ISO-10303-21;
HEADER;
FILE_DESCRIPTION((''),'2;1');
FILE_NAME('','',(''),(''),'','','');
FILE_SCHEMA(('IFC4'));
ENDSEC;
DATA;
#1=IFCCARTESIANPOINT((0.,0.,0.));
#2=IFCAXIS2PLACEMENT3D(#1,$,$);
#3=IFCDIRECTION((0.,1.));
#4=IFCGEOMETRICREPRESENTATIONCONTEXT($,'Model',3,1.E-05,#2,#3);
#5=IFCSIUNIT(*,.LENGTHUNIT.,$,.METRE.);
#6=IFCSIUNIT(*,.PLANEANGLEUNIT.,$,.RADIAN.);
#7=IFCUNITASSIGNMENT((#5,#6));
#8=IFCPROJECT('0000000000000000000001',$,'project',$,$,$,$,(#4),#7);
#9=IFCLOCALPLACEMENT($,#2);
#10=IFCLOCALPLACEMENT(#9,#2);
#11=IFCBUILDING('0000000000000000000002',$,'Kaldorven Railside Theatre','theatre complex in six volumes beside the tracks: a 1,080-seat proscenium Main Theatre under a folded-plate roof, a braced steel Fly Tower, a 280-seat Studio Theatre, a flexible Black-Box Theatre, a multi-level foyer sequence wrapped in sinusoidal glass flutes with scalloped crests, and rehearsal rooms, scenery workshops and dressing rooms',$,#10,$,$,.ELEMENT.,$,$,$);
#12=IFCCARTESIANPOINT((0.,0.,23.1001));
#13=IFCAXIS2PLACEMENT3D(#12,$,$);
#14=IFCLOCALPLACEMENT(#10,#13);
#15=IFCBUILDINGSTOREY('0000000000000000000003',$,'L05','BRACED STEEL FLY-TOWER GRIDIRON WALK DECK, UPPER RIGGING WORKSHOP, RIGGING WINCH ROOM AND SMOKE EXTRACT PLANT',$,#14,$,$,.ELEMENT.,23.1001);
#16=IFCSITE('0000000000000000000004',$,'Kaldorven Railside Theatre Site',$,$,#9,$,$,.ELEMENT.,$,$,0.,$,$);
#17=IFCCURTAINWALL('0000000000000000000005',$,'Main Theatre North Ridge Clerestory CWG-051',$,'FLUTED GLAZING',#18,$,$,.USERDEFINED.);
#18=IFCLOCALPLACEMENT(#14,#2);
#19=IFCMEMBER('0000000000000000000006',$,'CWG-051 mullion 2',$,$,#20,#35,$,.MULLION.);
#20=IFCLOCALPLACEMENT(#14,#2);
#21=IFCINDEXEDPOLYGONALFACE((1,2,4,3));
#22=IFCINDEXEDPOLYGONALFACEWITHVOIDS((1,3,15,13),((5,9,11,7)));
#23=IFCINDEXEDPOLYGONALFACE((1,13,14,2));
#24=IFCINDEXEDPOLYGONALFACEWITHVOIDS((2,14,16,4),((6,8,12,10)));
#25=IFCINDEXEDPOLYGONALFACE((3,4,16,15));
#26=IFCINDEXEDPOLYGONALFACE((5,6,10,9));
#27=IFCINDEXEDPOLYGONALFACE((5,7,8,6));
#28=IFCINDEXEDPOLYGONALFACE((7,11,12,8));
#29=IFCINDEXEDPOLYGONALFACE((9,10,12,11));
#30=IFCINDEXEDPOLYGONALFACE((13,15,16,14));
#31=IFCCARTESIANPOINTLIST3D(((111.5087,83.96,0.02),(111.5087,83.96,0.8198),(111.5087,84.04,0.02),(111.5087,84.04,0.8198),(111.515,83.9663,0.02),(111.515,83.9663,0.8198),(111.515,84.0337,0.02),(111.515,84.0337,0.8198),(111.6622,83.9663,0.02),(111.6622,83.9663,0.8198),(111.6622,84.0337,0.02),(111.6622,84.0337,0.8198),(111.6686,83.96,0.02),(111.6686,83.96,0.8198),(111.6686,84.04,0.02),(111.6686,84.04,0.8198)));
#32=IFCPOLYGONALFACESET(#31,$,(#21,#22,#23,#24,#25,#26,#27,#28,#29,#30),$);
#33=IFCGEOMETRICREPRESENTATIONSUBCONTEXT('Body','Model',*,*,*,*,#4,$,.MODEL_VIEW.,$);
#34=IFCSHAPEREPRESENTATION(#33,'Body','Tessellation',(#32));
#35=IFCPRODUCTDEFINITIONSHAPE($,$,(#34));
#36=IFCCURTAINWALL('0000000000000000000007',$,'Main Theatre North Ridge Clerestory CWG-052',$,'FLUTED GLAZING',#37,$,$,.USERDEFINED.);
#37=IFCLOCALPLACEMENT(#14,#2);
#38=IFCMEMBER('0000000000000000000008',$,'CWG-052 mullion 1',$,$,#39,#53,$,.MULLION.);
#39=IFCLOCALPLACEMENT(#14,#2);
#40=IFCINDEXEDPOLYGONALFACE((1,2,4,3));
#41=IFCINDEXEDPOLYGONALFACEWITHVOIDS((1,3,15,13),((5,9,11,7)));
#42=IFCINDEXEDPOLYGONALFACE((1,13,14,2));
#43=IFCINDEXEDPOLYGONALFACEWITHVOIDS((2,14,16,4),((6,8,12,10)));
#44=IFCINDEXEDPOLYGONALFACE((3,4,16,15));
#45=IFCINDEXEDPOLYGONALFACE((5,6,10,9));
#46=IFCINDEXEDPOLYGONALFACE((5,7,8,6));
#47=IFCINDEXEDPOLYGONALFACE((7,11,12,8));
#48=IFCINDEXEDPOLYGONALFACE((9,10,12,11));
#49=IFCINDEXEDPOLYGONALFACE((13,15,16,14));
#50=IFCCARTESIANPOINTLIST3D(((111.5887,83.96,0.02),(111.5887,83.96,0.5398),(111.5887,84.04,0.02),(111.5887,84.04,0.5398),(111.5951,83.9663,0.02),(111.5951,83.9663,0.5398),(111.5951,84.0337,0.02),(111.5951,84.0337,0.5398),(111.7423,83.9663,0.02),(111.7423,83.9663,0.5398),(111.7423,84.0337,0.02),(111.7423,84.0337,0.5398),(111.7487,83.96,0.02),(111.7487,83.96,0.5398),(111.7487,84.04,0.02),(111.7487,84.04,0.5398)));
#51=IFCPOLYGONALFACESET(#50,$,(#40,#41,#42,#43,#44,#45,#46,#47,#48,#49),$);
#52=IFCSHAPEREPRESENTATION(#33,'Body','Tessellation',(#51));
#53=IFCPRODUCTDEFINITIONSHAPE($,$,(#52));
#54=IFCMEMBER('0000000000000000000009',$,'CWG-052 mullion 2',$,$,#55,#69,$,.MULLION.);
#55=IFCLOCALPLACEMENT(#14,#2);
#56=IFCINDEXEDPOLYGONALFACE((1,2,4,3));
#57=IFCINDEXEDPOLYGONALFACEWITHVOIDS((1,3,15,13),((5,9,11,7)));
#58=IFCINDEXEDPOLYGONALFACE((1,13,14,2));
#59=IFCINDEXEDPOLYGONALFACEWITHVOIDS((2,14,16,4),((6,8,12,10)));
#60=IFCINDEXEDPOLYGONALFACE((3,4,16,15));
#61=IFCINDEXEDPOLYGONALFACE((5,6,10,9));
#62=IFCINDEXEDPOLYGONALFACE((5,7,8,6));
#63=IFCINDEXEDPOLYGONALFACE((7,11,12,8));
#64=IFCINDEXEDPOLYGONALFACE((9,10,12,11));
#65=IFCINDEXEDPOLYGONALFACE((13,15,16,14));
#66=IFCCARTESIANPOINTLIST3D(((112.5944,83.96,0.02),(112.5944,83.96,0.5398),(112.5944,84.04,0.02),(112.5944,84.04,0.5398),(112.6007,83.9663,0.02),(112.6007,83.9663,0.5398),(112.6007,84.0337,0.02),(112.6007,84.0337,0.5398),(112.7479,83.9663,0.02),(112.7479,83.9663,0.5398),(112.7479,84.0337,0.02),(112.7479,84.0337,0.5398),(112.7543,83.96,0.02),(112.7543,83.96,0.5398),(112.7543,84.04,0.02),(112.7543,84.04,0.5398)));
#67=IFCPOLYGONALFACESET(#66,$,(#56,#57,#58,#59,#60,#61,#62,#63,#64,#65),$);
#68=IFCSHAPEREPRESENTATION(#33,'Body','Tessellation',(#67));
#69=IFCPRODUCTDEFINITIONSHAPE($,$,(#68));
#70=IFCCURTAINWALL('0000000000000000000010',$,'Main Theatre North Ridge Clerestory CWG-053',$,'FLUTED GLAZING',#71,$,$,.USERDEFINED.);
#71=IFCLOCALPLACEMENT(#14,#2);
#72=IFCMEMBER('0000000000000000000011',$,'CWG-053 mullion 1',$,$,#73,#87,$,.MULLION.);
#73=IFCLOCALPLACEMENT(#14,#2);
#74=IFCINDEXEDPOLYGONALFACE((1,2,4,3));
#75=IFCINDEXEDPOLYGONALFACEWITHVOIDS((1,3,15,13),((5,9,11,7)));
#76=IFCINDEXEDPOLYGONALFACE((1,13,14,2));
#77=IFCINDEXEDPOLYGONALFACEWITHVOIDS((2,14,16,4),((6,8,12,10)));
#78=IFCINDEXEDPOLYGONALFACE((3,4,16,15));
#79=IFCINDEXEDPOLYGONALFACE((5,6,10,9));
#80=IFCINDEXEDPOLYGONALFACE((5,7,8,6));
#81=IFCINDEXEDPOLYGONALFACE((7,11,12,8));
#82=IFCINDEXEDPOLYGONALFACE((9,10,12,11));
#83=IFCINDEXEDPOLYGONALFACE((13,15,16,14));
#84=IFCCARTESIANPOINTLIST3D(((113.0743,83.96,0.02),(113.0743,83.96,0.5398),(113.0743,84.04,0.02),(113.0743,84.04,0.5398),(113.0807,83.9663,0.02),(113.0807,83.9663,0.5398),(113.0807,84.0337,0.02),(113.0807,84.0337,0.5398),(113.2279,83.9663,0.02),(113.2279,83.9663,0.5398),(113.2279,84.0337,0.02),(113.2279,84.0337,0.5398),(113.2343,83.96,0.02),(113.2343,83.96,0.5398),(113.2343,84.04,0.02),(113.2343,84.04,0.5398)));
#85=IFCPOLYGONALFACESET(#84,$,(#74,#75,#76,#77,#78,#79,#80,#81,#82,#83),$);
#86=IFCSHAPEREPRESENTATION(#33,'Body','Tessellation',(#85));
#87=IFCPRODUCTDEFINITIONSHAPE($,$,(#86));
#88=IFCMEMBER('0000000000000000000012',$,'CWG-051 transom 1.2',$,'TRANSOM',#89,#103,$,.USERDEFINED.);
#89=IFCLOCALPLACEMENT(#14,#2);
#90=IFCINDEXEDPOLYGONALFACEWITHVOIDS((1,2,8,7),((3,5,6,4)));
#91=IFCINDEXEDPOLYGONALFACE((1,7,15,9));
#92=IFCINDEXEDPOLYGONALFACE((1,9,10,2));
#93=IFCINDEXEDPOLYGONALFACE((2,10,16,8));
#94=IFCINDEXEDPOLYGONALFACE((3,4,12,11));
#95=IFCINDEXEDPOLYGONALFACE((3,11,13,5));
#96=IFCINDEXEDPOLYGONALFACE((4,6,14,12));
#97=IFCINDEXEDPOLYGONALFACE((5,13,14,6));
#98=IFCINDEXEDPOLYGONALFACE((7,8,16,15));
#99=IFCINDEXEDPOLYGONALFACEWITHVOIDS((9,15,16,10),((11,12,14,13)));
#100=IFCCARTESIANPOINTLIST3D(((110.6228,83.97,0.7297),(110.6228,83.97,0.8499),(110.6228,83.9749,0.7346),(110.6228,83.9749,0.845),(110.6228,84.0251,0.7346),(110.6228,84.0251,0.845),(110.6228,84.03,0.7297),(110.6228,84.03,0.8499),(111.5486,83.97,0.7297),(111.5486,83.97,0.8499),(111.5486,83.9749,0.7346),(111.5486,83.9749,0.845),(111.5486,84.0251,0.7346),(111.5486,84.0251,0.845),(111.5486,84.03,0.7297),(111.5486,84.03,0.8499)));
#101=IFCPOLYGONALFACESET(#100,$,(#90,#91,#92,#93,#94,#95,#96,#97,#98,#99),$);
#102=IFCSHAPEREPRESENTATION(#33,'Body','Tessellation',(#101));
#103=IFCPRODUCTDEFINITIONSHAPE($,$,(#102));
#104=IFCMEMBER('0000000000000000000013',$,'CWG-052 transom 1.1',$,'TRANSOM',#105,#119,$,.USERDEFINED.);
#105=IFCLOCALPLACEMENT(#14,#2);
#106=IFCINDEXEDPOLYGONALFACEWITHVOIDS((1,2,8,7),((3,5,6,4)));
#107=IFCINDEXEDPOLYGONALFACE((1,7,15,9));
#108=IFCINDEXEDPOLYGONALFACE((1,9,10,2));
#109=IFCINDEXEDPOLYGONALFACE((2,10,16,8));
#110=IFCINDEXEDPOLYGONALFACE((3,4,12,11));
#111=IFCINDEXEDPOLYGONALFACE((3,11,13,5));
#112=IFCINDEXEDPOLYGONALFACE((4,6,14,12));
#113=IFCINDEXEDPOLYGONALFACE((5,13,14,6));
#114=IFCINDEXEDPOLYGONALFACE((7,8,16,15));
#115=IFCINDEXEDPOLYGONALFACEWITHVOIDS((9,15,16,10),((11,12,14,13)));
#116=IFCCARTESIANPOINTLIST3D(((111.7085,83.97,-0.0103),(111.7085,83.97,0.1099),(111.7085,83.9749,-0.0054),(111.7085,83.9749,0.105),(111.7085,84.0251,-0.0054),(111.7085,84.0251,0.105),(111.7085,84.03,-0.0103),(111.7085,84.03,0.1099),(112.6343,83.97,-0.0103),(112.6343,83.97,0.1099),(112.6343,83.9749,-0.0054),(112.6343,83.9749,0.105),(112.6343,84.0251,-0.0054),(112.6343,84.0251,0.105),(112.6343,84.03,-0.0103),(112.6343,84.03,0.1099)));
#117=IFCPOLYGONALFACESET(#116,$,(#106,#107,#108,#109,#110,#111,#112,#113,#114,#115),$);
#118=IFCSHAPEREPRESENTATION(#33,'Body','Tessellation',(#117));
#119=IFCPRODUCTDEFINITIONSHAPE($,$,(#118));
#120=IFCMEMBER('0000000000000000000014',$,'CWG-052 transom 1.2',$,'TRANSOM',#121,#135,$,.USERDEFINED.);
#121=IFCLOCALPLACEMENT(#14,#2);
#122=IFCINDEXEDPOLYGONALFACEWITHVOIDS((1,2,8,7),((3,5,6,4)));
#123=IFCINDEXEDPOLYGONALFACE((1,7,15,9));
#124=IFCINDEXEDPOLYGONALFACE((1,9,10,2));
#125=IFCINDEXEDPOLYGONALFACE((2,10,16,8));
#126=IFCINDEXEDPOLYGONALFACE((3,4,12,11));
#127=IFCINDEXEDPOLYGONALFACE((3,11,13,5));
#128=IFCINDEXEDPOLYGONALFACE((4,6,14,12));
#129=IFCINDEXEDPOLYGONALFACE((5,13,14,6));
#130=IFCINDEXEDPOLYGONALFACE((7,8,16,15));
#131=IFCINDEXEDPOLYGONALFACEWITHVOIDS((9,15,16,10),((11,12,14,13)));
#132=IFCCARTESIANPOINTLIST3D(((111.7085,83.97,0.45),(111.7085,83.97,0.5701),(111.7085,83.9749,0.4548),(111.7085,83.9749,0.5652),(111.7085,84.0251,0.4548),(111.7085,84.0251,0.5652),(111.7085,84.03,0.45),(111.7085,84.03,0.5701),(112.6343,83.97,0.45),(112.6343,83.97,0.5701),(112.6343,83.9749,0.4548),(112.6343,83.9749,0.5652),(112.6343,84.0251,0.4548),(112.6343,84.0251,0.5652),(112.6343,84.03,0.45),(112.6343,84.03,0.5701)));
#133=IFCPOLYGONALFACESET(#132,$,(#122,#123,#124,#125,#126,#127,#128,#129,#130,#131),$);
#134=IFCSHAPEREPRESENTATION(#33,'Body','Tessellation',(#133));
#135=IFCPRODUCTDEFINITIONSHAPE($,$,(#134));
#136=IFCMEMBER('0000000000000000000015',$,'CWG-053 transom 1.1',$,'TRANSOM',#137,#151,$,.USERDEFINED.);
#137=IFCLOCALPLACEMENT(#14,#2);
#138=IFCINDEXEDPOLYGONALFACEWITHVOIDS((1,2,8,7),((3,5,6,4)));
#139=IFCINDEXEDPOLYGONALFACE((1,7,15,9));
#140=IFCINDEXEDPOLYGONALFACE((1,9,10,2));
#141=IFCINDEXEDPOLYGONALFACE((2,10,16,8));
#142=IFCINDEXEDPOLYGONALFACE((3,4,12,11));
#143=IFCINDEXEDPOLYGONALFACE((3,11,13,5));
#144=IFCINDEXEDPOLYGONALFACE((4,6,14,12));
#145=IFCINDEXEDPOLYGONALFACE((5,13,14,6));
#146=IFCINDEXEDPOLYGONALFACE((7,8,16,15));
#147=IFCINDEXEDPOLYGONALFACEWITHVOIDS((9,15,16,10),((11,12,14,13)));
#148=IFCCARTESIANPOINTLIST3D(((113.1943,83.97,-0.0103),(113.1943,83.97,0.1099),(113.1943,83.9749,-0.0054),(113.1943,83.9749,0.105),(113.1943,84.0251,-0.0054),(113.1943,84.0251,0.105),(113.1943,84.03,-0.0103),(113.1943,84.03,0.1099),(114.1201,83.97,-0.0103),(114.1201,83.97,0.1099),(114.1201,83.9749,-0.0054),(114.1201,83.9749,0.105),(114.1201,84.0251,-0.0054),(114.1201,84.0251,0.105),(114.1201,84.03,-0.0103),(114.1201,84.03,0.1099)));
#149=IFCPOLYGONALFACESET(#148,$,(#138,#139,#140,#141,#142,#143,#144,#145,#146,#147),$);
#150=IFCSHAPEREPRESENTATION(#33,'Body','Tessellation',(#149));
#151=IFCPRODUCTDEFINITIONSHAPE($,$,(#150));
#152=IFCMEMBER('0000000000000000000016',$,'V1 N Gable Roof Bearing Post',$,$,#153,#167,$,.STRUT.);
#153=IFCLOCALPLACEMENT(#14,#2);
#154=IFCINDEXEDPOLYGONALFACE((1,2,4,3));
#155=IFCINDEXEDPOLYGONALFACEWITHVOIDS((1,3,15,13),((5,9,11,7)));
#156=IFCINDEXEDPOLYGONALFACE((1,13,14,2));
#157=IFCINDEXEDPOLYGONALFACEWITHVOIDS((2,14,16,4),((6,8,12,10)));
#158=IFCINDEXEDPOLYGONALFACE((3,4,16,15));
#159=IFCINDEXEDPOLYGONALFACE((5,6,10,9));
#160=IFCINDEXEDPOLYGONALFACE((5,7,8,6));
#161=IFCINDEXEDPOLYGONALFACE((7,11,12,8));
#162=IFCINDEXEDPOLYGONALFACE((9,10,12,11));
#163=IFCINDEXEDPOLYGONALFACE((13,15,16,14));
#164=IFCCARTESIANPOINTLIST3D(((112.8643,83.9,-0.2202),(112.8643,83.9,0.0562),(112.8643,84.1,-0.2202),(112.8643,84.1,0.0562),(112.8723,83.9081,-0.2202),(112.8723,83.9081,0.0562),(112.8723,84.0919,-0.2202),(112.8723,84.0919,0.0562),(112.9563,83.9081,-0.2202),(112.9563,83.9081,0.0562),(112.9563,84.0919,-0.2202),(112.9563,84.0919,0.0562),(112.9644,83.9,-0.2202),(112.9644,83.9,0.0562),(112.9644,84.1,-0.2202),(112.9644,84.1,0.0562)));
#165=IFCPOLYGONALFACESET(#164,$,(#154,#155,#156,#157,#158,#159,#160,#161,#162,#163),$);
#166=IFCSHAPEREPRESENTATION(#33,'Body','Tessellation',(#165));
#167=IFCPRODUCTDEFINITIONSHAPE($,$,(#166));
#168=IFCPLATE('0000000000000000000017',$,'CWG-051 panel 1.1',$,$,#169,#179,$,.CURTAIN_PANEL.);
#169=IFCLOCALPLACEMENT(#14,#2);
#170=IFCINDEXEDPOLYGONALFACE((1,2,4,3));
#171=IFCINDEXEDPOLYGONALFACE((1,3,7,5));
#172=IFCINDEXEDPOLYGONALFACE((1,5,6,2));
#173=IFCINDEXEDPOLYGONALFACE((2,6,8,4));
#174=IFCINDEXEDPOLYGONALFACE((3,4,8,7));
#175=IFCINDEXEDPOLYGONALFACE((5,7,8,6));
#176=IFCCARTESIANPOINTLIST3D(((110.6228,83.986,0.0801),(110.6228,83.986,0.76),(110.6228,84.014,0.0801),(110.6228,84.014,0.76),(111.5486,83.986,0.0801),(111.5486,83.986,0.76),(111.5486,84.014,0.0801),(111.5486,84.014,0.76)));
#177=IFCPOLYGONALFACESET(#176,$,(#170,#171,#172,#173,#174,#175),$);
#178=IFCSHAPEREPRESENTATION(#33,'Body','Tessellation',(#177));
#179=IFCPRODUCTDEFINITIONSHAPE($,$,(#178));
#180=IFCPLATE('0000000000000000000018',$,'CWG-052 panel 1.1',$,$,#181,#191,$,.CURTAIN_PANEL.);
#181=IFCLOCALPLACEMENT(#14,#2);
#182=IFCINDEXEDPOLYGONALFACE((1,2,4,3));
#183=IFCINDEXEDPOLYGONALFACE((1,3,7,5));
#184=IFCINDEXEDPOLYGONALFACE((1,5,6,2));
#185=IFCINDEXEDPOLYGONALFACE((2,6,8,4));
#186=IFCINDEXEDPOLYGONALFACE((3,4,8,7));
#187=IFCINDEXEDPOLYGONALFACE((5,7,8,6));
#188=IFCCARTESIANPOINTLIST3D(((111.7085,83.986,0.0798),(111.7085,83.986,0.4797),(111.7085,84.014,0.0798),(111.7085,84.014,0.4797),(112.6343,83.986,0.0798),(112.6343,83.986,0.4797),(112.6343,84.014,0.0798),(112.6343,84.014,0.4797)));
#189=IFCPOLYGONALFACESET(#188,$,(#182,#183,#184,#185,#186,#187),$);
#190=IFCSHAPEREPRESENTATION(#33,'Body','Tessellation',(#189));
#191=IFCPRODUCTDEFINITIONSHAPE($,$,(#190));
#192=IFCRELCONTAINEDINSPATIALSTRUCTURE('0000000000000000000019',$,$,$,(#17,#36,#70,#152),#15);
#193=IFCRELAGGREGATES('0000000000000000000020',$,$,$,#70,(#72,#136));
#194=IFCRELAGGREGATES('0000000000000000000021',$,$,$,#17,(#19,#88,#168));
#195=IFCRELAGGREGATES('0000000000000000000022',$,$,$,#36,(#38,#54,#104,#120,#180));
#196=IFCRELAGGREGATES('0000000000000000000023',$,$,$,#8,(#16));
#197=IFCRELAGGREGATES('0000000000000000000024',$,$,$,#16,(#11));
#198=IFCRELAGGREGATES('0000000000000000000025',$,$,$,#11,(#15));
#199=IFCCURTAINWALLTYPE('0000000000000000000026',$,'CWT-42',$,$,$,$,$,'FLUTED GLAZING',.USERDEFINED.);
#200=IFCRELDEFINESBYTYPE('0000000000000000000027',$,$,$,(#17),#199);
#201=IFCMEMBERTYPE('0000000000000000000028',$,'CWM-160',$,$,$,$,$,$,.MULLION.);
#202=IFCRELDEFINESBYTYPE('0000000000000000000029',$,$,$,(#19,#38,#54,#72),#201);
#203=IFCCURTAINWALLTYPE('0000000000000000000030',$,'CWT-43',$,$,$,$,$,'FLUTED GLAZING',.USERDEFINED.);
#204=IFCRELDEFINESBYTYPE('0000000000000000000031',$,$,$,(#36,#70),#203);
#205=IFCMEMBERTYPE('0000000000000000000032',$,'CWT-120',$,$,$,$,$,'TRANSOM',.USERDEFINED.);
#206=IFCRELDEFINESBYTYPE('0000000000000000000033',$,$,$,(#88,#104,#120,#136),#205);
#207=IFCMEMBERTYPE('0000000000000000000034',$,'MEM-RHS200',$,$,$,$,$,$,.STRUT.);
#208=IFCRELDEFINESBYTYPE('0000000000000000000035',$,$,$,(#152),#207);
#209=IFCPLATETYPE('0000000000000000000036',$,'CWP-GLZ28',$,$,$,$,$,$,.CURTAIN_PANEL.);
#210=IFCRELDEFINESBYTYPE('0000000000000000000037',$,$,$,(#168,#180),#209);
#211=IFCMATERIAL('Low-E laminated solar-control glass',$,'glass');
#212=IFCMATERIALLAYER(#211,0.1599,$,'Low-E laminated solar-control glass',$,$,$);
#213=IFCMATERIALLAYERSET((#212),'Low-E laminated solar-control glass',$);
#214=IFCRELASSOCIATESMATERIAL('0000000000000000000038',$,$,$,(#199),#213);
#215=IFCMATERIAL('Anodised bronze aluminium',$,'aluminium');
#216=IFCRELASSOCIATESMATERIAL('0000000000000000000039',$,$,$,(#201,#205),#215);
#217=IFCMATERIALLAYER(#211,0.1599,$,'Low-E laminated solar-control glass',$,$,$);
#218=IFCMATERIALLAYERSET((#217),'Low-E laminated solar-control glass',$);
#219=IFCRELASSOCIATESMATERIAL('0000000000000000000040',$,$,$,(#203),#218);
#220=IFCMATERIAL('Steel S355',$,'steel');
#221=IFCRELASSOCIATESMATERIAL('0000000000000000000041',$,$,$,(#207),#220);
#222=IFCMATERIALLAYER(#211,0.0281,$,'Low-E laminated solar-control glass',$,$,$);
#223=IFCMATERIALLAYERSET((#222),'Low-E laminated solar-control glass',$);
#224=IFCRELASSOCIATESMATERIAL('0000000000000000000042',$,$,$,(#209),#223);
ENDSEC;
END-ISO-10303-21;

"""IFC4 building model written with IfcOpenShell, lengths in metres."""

from ifc_helpers import new_model, si_unit, direction, frame, origin, origin_2d, place, context, subcontext, project, spatial, rectangle, hollow_rectangle, extrude, material, layer, layer_set, material_profile, profile_set, type_object, element, aggregate, save


model = new_model("IFC4")

# Units and contexts
model_context = context("Model", 3, precision=1e-05, world=origin(), true_north=direction((0.0, 1.0)))
body_context = subcontext(model_context, "Body", "Model", "MODEL_VIEW")
ifc_project = project(units=[si_unit("LENGTHUNIT", "METRE"), si_unit("PLANEANGLEUNIT", "RADIAN")], contexts=[model_context])

# Site, building, storey
site_placement = place(None, origin())
site = spatial("IfcSite", under=ifc_project, at=site_placement, Name="Kaldorven Railside Theatre Site", CompositionType="ELEMENT", RefElevation=0.0)
building_placement = place(site_placement, origin())
building = spatial("IfcBuilding", under=site, at=building_placement, Name="Kaldorven Railside Theatre", Description="theatre complex in six volumes beside the tracks: a 1,080-seat proscenium Main Theatre under a folded-plate roof, a braced steel Fly Tower, a 280-seat Studio Theatre, a flexible Black-Box Theatre, a multi-level foyer sequence wrapped in sinusoidal glass flutes with scalloped crests, and rehearsal rooms, scenery workshops and dressing rooms", CompositionType="ELEMENT")
storey_placement = place(building_placement, frame((0.0, 0.0, 23.1001)))
storey = spatial("IfcBuildingStorey", under=building, at=storey_placement, Name="L05", Description="BRACED STEEL FLY-TOWER GRIDIRON WALK DECK, UPPER RIGGING WORKSHOP, RIGGING WINCH ROOM AND SMOKE EXTRACT PLANT", CompositionType="ELEMENT", Elevation=23.1001)

# Curtain wall, member
ifc_material_1 = material(Name="Low-E laminated solar-control glass", Category="glass")
ifc_layer_1 = layer(ifc_material_1, 0.1599, Name="Low-E laminated solar-control glass")
ifc_layer_set_1 = layer_set([ifc_layer_1], Name="Low-E laminated solar-control glass")
curtain_wall_type_1 = type_object("IfcCurtainWallType", Name="CWT-42", ElementType="FLUTED GLAZING", PredefinedType="USERDEFINED", material=ifc_layer_set_1)
curtain_wall_1_placement = place(storey_placement, origin())
curtain_wall_1 = element("IfcCurtainWall", 1, at=curtain_wall_1_placement, inside=storey, type_object=curtain_wall_type_1, Name="Main Theatre North Ridge Clerestory CWG-051", ObjectType="FLUTED GLAZING", PredefinedType="USERDEFINED")
ifc_material_2 = material(Name="Anodised bronze aluminium", Category="aluminium")
ifc_material_profile_1 = material_profile(ifc_material_2, hollow_rectangle(XDim=0.0801, YDim=0.1599, WallThickness=0.0063, at=origin_2d()), Name="RHS 160x80x6.3")
ifc_profile_set_1 = profile_set([ifc_material_profile_1], Name="Anodised bronze aluminium")
member_type_1 = type_object("IfcMemberType", Name="CWM-160", PredefinedType="MULLION", material=ifc_profile_set_1)
member_1_placement = place(storey_placement, frame((111.5886, 84.0, 0.02), z_axis=(0.0, 0.0, 1.0), x_axis=(0.0, 1.0, 0.0)))
member_1 = element("IfcMember", 2, at=member_1_placement, type_object=member_type_1, Name="CWG-051 mullion 2", PredefinedType="MULLION", context=body_context, shape_type="SweptSolid", body=[
    extrude(hollow_rectangle(XDim=0.0801, YDim=0.1599, WallThickness=0.0063, at=origin_2d()), origin(), (0.0, 0.0, 1.0), 0.7998),
])

# Curtain wall, members
ifc_layer_2 = layer(ifc_material_1, 0.1599, Name="Low-E laminated solar-control glass")
ifc_layer_set_2 = layer_set([ifc_layer_2], Name="Low-E laminated solar-control glass")
curtain_wall_type_2 = type_object("IfcCurtainWallType", Name="CWT-43", ElementType="FLUTED GLAZING", PredefinedType="USERDEFINED", material=ifc_layer_set_2)
curtain_wall_2_placement = place(storey_placement, origin())
curtain_wall_2 = element("IfcCurtainWall", 3, at=curtain_wall_2_placement, inside=storey, type_object=curtain_wall_type_2, Name="Main Theatre North Ridge Clerestory CWG-052", ObjectType="FLUTED GLAZING", PredefinedType="USERDEFINED")
member_2_placement = place(storey_placement, frame((111.6687, 84.0, 0.02), z_axis=(0.0, 0.0, 1.0), x_axis=(0.0, 1.0, 0.0)))
member_2 = element("IfcMember", 4, at=member_2_placement, type_object=member_type_1, Name="CWG-052 mullion 1", PredefinedType="MULLION", context=body_context, shape_type="SweptSolid", body=[
    extrude(hollow_rectangle(XDim=0.0801, YDim=0.1599, WallThickness=0.0063, at=origin_2d()), origin(), (0.0, 0.0, 1.0), 0.5198),
])
member_3_placement = place(storey_placement, frame((112.6743, 84.0, 0.02), z_axis=(0.0, 0.0, 1.0), x_axis=(0.0, 1.0, 0.0)))
member_3 = element("IfcMember", 5, at=member_3_placement, type_object=member_type_1, Name="CWG-052 mullion 2", PredefinedType="MULLION", context=body_context, shape_type="SweptSolid", body=[
    extrude(hollow_rectangle(XDim=0.0801, YDim=0.1599, WallThickness=0.0063, at=origin_2d()), origin(), (0.0, 0.0, 1.0), 0.5198),
])

# Curtain wall, member
curtain_wall_3_placement = place(storey_placement, origin())
curtain_wall_3 = element("IfcCurtainWall", 6, at=curtain_wall_3_placement, inside=storey, type_object=curtain_wall_type_2, Name="Main Theatre North Ridge Clerestory CWG-053", ObjectType="FLUTED GLAZING", PredefinedType="USERDEFINED")
member_4_placement = place(storey_placement, frame((113.1543, 84.0, 0.02), z_axis=(0.0, 0.0, 1.0), x_axis=(0.0, 1.0, 0.0)))
member_4 = element("IfcMember", 7, at=member_4_placement, type_object=member_type_1, Name="CWG-053 mullion 1", PredefinedType="MULLION", context=body_context, shape_type="SweptSolid", body=[
    extrude(hollow_rectangle(XDim=0.0801, YDim=0.1599, WallThickness=0.0063, at=origin_2d()), origin(), (0.0, 0.0, 1.0), 0.5198),
])

# Members
ifc_material_profile_2 = material_profile(ifc_material_2, hollow_rectangle(XDim=0.0601, YDim=0.1201, WallThickness=0.0049, at=origin_2d()), Name="RHS 120x60x5")
ifc_profile_set_2 = profile_set([ifc_material_profile_2], Name="Anodised bronze aluminium")
member_type_2 = type_object("IfcMemberType", Name="CWT-120", ElementType="TRANSOM", PredefinedType="USERDEFINED", material=ifc_profile_set_2)
member_5_placement = place(storey_placement, frame((110.6228, 84.0, 0.7898), z_axis=(1.0, 0.0, 0.0), x_axis=(0.0, 1.0, 0.0)))
member_5 = element("IfcMember", 8, at=member_5_placement, type_object=member_type_2, Name="CWG-051 transom 1.2", ObjectType="TRANSOM", PredefinedType="USERDEFINED", context=body_context, shape_type="SweptSolid", body=[
    extrude(hollow_rectangle(XDim=0.0601, YDim=0.1201, WallThickness=0.0049, at=origin_2d()), origin(), (0.0, 0.0, 1.0), 0.9258),
])
member_6_placement = place(storey_placement, frame((111.7085, 84.0, 0.0498), z_axis=(1.0, 0.0, 0.0), x_axis=(0.0, 1.0, 0.0)))
member_6 = element("IfcMember", 9, at=member_6_placement, type_object=member_type_2, Name="CWG-052 transom 1.1", ObjectType="TRANSOM", PredefinedType="USERDEFINED", context=body_context, shape_type="SweptSolid", body=[
    extrude(hollow_rectangle(XDim=0.0601, YDim=0.1201, WallThickness=0.0049, at=origin_2d()), origin(), (0.0, 0.0, 1.0), 0.9258),
])
member_7_placement = place(storey_placement, frame((111.7085, 84.0, 0.51), z_axis=(1.0, 0.0, 0.0), x_axis=(0.0, 1.0, 0.0)))
member_7 = element("IfcMember", 10, at=member_7_placement, type_object=member_type_2, Name="CWG-052 transom 1.2", ObjectType="TRANSOM", PredefinedType="USERDEFINED", context=body_context, shape_type="SweptSolid", body=[
    extrude(hollow_rectangle(XDim=0.0601, YDim=0.1201, WallThickness=0.0049, at=origin_2d()), origin(), (0.0, 0.0, 1.0), 0.9258),
])
member_8_placement = place(storey_placement, frame((113.1943, 84.0, 0.0498), z_axis=(1.0, 0.0, 0.0), x_axis=(0.0, 1.0, 0.0)))
member_8 = element("IfcMember", 11, at=member_8_placement, type_object=member_type_2, Name="CWG-053 transom 1.1", ObjectType="TRANSOM", PredefinedType="USERDEFINED", context=body_context, shape_type="SweptSolid", body=[
    extrude(hollow_rectangle(XDim=0.0601, YDim=0.1201, WallThickness=0.0049, at=origin_2d()), origin(), (0.0, 0.0, 1.0), 0.9258),
])
aggregate(curtain_wall_3, [member_4, member_8])
ifc_material_3 = material(Name="Steel S355", Category="steel")
ifc_material_profile_3 = material_profile(ifc_material_3, hollow_rectangle(XDim=0.1001, YDim=0.2, WallThickness=0.0081, at=origin_2d()), Name="RHS 200x100x8")
ifc_profile_set_3 = profile_set([ifc_material_profile_3], Name="Steel S355")
member_type_3 = type_object("IfcMemberType", Name="MEM-RHS200", PredefinedType="STRUT", material=ifc_profile_set_3)
member_9_placement = place(storey_placement, frame((112.9143, 84.0, -0.2202), z_axis=(0.0, 0.0, 1.0), x_axis=(1.0, 0.0, 0.0)))
element("IfcMember", 12, at=member_9_placement, inside=storey, type_object=member_type_3, Name="V1 N Gable Roof Bearing Post", PredefinedType="STRUT", context=body_context, shape_type="SweptSolid", body=[
    extrude(hollow_rectangle(XDim=0.1001, YDim=0.2, WallThickness=0.0081, at=origin_2d()), origin(), (0.0, 0.0, 1.0), 0.2764),
])

# Plates
ifc_layer_3 = layer(ifc_material_1, 0.0281, Name="Low-E laminated solar-control glass")
ifc_layer_set_3 = layer_set([ifc_layer_3], Name="Low-E laminated solar-control glass")
plate_type_1 = type_object("IfcPlateType", Name="CWP-GLZ28", PredefinedType="CURTAIN_PANEL", material=ifc_layer_set_3)
plate_1_placement = place(storey_placement, frame((111.0857, 84.0, 0.0801), z_axis=(0.0, 0.0, 1.0), x_axis=(1.0, 0.0, 0.0)))
plate_1 = element("IfcPlate", 13, at=plate_1_placement, type_object=plate_type_1, Name="CWG-051 panel 1.1", PredefinedType="CURTAIN_PANEL", context=body_context, shape_type="SweptSolid", body=[
    extrude(rectangle(XDim=0.9258, YDim=0.0281, at=origin_2d()), origin(), (0.0, 0.0, 1.0), 0.6799),
])
aggregate(curtain_wall_1, [member_1, member_5, plate_1])
plate_2_placement = place(storey_placement, frame((112.1714, 84.0, 0.0798), z_axis=(0.0, 0.0, 1.0), x_axis=(1.0, 0.0, 0.0)))
plate_2 = element("IfcPlate", 14, at=plate_2_placement, type_object=plate_type_1, Name="CWG-052 panel 1.1", PredefinedType="CURTAIN_PANEL", context=body_context, shape_type="SweptSolid", body=[
    extrude(rectangle(XDim=0.9258, YDim=0.0281, at=origin_2d()), origin(), (0.0, 0.0, 1.0), 0.3999),
])
aggregate(curtain_wall_2, [member_2, member_3, member_6, member_7, plate_2])

save(model, "model.ifc")
